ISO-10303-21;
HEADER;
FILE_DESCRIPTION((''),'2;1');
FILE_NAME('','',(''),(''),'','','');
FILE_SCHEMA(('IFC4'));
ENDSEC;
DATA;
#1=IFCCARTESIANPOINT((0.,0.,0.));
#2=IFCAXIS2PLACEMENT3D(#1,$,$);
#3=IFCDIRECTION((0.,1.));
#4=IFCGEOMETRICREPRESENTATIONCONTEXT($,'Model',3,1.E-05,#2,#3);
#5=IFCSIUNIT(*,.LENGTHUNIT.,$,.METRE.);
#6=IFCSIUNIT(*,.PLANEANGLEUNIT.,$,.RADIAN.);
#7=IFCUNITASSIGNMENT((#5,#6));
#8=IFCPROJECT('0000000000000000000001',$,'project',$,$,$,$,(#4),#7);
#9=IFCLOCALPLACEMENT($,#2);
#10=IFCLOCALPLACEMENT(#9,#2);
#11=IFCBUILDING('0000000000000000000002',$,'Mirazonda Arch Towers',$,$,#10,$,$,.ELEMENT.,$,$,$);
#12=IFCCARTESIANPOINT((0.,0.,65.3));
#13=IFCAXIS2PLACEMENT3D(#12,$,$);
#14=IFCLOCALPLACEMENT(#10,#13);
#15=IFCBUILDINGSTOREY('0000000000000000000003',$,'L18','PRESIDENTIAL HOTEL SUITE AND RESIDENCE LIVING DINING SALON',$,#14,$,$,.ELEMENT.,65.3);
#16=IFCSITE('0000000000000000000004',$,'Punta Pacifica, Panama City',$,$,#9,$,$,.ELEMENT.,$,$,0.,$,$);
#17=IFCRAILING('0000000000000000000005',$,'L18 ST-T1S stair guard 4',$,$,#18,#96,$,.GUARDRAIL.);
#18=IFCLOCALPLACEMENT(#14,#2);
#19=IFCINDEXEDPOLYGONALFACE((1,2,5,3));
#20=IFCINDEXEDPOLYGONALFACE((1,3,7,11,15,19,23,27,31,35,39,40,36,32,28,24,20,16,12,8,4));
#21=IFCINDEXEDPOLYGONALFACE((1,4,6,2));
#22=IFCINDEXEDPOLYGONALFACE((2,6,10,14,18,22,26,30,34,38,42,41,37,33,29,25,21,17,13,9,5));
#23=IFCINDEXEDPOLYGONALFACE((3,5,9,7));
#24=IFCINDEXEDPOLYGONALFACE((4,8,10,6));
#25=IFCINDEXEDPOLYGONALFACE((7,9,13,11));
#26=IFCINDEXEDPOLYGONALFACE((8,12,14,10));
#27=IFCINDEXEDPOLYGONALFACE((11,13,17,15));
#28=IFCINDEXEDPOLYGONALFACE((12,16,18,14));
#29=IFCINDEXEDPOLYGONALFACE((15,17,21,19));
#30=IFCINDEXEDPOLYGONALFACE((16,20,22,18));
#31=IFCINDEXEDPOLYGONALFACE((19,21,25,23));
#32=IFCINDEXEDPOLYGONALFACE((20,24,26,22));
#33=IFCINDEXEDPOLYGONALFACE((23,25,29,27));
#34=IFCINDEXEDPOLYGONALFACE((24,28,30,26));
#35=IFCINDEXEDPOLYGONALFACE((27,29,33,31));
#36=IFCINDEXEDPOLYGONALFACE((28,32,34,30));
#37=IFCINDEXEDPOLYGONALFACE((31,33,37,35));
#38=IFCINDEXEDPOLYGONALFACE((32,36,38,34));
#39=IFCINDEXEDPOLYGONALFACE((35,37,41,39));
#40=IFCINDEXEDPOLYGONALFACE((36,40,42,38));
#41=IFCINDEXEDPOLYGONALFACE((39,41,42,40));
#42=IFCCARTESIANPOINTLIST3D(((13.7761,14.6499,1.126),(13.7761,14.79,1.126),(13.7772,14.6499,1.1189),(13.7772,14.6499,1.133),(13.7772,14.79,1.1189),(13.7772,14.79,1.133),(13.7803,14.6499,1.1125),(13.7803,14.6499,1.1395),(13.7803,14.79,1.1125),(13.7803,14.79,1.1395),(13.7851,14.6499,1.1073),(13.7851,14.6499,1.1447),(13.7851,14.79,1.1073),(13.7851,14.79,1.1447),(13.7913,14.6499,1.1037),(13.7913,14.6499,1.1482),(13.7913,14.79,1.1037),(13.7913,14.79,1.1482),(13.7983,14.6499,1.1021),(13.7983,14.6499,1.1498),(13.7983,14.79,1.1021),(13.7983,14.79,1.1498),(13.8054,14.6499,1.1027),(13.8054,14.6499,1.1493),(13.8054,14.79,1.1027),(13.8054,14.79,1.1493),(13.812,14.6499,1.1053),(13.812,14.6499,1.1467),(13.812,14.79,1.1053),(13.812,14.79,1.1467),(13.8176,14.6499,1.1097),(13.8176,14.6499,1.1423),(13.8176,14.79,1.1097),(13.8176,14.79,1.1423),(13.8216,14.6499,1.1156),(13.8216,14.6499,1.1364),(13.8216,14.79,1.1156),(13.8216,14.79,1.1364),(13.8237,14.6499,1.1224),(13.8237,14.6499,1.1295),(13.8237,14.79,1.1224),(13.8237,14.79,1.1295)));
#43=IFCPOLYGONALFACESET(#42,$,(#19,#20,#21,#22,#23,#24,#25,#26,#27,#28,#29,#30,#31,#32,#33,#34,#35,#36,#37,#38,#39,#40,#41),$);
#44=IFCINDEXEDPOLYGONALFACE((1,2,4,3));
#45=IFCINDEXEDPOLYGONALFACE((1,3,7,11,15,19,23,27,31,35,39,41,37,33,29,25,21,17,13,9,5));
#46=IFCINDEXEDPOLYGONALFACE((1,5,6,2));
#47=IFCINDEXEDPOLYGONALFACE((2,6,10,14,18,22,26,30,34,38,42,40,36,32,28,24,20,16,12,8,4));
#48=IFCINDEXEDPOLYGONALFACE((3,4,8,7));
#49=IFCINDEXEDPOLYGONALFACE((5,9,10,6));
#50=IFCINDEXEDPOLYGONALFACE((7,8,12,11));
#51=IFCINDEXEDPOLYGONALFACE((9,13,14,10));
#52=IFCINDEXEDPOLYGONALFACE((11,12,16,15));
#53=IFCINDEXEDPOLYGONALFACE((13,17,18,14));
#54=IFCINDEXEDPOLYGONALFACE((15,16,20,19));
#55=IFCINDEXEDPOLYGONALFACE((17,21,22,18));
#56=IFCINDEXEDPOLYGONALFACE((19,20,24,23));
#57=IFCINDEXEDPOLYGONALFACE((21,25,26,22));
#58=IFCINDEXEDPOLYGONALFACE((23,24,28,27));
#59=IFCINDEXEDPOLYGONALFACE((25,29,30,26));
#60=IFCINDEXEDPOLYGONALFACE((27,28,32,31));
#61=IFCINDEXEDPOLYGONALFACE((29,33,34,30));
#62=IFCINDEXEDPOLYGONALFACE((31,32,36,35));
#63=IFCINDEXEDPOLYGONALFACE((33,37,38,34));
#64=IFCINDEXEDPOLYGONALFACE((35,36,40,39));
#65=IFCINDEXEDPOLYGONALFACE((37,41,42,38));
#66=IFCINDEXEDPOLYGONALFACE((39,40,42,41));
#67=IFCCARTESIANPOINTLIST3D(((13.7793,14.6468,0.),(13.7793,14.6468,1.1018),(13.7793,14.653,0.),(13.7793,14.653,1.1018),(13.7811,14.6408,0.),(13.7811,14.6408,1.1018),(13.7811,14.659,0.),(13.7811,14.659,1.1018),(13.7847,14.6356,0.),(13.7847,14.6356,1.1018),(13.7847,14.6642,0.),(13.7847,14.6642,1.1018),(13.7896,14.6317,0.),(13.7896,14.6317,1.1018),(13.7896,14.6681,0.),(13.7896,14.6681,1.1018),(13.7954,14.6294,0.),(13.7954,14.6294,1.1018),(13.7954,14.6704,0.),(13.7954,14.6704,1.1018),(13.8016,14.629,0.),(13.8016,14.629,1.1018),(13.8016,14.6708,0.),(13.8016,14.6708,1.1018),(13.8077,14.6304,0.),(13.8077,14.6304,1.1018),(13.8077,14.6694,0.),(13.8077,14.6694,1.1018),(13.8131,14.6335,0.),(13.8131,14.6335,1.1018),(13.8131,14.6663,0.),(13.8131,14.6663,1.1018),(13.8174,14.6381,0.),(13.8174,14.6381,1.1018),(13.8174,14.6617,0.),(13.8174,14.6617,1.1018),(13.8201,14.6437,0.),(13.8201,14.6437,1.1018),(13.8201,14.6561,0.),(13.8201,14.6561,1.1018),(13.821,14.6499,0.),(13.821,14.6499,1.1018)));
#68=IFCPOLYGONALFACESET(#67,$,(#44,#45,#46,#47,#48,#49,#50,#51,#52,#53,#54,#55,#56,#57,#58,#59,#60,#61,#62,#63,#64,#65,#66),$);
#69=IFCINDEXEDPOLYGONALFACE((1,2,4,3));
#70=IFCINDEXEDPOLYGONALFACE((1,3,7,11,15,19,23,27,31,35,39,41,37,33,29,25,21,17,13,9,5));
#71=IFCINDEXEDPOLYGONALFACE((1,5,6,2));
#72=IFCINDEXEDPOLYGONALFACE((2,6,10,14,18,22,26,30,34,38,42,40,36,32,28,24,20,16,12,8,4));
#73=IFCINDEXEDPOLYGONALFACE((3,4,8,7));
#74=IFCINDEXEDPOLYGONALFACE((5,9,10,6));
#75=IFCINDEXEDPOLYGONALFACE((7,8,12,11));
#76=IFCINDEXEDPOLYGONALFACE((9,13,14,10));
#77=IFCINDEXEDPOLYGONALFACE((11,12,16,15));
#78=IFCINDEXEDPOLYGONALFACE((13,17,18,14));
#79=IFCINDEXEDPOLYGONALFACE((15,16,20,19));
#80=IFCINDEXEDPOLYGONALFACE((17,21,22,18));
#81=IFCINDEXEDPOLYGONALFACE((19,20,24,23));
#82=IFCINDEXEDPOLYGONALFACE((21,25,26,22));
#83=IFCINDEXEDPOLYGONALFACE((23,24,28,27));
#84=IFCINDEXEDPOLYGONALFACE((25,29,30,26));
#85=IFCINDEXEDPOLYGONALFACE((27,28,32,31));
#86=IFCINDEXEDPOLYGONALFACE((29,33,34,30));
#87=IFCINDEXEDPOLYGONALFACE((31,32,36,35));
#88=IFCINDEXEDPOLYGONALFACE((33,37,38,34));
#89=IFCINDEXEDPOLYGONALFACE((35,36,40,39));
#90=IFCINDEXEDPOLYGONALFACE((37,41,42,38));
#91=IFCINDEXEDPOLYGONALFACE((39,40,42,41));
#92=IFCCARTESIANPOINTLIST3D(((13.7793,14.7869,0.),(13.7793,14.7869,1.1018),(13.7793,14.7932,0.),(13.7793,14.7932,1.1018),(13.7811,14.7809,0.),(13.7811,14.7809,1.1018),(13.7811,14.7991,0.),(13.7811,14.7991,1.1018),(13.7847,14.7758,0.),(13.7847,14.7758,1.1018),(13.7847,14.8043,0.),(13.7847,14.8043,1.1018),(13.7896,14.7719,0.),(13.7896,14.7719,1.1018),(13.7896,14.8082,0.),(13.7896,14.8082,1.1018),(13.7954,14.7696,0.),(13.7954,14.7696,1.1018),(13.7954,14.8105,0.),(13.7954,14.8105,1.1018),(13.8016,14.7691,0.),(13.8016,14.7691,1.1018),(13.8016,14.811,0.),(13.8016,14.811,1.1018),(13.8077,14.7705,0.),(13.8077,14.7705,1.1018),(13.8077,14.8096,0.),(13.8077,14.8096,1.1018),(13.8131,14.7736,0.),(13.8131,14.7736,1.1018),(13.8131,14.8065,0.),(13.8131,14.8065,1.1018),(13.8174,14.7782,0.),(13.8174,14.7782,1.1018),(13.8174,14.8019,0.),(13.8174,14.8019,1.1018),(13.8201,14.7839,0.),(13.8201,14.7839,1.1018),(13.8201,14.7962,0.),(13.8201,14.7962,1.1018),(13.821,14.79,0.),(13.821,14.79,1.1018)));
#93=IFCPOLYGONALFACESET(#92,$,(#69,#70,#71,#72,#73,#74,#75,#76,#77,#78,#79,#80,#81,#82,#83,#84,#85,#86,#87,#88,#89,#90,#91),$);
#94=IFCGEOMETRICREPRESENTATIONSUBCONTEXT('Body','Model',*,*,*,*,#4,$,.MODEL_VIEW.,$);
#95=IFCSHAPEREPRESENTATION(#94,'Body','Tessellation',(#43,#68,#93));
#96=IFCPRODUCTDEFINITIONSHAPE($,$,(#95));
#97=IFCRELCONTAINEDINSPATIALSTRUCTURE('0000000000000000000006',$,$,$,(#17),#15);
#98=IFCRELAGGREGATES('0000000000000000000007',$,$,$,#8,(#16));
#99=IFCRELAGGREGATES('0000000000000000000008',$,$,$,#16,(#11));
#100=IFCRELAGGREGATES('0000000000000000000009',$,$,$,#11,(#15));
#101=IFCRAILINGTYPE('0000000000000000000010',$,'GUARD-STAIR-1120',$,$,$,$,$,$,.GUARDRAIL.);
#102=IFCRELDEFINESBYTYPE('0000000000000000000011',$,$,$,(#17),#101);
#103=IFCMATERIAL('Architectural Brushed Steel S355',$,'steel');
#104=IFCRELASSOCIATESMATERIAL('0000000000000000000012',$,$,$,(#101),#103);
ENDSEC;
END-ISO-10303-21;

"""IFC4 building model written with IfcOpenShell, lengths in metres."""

from ifc_helpers import new_model, si_unit, direction, frame, origin, origin_2d, place, context, subcontext, project, spatial, circle, extrude, material, type_object, element, save


model = new_model("IFC4")

# Units and contexts
model_context = context("Model", 3, precision=1e-05, world=origin(), true_north=direction((0.0, 1.0)))
body_context = subcontext(model_context, "Body", "Model", "MODEL_VIEW")
ifc_project = project(units=[si_unit("LENGTHUNIT", "METRE"), si_unit("PLANEANGLEUNIT", "RADIAN")], contexts=[model_context])

# Site, building, storey
site_placement = place(None, origin())
site = spatial("IfcSite", under=ifc_project, at=site_placement, Name="Punta Pacifica, Panama City", CompositionType="ELEMENT", RefElevation=0.0)
building_placement = place(site_placement, origin())
building = spatial("IfcBuilding", under=site, at=building_placement, Name="Mirazonda Arch Towers", CompositionType="ELEMENT")
storey_placement = place(building_placement, frame((0.0, 0.0, 65.3)))
storey = spatial("IfcBuildingStorey", under=building, at=storey_placement, Name="L18", Description="PRESIDENTIAL HOTEL SUITE AND RESIDENCE LIVING DINING SALON", CompositionType="ELEMENT", Elevation=65.3)

# Shared definitions
ifc_material_1 = material(Name="Architectural Brushed Steel S355", Category="steel")

# Railing
railing_type = type_object("IfcRailingType", Name="GUARD-STAIR-1120", PredefinedType="GUARDRAIL", material=ifc_material_1)
railing_placement = place(storey_placement, frame((13.8, 14.6499, 0.0)))
element("IfcRailing", 1, at=railing_placement, inside=storey, type_object=railing_type, Name="L18 ST-T1S stair guard 4", PredefinedType="GUARDRAIL", context=body_context, shape_type="SweptSolid", body=[
    extrude(circle(Radius=0.0239, at=origin_2d()), frame((0.0, 0.0, 1.126), z_axis=(0.0, 1.0, 0.0), x_axis=(-1.0, 0.0, 0.0)), (0.0, 0.0, 1.0), 0.1401),
    extrude(circle(Radius=0.021, at=origin_2d()), origin(), (0.0, 0.0, 1.0), 1.1018),
    extrude(circle(Radius=0.021, at=origin_2d()), frame((0.0, 0.1401, 0.0)), (0.0, 0.0, 1.0), 1.1018),
])

save(model, "model.ifc")
